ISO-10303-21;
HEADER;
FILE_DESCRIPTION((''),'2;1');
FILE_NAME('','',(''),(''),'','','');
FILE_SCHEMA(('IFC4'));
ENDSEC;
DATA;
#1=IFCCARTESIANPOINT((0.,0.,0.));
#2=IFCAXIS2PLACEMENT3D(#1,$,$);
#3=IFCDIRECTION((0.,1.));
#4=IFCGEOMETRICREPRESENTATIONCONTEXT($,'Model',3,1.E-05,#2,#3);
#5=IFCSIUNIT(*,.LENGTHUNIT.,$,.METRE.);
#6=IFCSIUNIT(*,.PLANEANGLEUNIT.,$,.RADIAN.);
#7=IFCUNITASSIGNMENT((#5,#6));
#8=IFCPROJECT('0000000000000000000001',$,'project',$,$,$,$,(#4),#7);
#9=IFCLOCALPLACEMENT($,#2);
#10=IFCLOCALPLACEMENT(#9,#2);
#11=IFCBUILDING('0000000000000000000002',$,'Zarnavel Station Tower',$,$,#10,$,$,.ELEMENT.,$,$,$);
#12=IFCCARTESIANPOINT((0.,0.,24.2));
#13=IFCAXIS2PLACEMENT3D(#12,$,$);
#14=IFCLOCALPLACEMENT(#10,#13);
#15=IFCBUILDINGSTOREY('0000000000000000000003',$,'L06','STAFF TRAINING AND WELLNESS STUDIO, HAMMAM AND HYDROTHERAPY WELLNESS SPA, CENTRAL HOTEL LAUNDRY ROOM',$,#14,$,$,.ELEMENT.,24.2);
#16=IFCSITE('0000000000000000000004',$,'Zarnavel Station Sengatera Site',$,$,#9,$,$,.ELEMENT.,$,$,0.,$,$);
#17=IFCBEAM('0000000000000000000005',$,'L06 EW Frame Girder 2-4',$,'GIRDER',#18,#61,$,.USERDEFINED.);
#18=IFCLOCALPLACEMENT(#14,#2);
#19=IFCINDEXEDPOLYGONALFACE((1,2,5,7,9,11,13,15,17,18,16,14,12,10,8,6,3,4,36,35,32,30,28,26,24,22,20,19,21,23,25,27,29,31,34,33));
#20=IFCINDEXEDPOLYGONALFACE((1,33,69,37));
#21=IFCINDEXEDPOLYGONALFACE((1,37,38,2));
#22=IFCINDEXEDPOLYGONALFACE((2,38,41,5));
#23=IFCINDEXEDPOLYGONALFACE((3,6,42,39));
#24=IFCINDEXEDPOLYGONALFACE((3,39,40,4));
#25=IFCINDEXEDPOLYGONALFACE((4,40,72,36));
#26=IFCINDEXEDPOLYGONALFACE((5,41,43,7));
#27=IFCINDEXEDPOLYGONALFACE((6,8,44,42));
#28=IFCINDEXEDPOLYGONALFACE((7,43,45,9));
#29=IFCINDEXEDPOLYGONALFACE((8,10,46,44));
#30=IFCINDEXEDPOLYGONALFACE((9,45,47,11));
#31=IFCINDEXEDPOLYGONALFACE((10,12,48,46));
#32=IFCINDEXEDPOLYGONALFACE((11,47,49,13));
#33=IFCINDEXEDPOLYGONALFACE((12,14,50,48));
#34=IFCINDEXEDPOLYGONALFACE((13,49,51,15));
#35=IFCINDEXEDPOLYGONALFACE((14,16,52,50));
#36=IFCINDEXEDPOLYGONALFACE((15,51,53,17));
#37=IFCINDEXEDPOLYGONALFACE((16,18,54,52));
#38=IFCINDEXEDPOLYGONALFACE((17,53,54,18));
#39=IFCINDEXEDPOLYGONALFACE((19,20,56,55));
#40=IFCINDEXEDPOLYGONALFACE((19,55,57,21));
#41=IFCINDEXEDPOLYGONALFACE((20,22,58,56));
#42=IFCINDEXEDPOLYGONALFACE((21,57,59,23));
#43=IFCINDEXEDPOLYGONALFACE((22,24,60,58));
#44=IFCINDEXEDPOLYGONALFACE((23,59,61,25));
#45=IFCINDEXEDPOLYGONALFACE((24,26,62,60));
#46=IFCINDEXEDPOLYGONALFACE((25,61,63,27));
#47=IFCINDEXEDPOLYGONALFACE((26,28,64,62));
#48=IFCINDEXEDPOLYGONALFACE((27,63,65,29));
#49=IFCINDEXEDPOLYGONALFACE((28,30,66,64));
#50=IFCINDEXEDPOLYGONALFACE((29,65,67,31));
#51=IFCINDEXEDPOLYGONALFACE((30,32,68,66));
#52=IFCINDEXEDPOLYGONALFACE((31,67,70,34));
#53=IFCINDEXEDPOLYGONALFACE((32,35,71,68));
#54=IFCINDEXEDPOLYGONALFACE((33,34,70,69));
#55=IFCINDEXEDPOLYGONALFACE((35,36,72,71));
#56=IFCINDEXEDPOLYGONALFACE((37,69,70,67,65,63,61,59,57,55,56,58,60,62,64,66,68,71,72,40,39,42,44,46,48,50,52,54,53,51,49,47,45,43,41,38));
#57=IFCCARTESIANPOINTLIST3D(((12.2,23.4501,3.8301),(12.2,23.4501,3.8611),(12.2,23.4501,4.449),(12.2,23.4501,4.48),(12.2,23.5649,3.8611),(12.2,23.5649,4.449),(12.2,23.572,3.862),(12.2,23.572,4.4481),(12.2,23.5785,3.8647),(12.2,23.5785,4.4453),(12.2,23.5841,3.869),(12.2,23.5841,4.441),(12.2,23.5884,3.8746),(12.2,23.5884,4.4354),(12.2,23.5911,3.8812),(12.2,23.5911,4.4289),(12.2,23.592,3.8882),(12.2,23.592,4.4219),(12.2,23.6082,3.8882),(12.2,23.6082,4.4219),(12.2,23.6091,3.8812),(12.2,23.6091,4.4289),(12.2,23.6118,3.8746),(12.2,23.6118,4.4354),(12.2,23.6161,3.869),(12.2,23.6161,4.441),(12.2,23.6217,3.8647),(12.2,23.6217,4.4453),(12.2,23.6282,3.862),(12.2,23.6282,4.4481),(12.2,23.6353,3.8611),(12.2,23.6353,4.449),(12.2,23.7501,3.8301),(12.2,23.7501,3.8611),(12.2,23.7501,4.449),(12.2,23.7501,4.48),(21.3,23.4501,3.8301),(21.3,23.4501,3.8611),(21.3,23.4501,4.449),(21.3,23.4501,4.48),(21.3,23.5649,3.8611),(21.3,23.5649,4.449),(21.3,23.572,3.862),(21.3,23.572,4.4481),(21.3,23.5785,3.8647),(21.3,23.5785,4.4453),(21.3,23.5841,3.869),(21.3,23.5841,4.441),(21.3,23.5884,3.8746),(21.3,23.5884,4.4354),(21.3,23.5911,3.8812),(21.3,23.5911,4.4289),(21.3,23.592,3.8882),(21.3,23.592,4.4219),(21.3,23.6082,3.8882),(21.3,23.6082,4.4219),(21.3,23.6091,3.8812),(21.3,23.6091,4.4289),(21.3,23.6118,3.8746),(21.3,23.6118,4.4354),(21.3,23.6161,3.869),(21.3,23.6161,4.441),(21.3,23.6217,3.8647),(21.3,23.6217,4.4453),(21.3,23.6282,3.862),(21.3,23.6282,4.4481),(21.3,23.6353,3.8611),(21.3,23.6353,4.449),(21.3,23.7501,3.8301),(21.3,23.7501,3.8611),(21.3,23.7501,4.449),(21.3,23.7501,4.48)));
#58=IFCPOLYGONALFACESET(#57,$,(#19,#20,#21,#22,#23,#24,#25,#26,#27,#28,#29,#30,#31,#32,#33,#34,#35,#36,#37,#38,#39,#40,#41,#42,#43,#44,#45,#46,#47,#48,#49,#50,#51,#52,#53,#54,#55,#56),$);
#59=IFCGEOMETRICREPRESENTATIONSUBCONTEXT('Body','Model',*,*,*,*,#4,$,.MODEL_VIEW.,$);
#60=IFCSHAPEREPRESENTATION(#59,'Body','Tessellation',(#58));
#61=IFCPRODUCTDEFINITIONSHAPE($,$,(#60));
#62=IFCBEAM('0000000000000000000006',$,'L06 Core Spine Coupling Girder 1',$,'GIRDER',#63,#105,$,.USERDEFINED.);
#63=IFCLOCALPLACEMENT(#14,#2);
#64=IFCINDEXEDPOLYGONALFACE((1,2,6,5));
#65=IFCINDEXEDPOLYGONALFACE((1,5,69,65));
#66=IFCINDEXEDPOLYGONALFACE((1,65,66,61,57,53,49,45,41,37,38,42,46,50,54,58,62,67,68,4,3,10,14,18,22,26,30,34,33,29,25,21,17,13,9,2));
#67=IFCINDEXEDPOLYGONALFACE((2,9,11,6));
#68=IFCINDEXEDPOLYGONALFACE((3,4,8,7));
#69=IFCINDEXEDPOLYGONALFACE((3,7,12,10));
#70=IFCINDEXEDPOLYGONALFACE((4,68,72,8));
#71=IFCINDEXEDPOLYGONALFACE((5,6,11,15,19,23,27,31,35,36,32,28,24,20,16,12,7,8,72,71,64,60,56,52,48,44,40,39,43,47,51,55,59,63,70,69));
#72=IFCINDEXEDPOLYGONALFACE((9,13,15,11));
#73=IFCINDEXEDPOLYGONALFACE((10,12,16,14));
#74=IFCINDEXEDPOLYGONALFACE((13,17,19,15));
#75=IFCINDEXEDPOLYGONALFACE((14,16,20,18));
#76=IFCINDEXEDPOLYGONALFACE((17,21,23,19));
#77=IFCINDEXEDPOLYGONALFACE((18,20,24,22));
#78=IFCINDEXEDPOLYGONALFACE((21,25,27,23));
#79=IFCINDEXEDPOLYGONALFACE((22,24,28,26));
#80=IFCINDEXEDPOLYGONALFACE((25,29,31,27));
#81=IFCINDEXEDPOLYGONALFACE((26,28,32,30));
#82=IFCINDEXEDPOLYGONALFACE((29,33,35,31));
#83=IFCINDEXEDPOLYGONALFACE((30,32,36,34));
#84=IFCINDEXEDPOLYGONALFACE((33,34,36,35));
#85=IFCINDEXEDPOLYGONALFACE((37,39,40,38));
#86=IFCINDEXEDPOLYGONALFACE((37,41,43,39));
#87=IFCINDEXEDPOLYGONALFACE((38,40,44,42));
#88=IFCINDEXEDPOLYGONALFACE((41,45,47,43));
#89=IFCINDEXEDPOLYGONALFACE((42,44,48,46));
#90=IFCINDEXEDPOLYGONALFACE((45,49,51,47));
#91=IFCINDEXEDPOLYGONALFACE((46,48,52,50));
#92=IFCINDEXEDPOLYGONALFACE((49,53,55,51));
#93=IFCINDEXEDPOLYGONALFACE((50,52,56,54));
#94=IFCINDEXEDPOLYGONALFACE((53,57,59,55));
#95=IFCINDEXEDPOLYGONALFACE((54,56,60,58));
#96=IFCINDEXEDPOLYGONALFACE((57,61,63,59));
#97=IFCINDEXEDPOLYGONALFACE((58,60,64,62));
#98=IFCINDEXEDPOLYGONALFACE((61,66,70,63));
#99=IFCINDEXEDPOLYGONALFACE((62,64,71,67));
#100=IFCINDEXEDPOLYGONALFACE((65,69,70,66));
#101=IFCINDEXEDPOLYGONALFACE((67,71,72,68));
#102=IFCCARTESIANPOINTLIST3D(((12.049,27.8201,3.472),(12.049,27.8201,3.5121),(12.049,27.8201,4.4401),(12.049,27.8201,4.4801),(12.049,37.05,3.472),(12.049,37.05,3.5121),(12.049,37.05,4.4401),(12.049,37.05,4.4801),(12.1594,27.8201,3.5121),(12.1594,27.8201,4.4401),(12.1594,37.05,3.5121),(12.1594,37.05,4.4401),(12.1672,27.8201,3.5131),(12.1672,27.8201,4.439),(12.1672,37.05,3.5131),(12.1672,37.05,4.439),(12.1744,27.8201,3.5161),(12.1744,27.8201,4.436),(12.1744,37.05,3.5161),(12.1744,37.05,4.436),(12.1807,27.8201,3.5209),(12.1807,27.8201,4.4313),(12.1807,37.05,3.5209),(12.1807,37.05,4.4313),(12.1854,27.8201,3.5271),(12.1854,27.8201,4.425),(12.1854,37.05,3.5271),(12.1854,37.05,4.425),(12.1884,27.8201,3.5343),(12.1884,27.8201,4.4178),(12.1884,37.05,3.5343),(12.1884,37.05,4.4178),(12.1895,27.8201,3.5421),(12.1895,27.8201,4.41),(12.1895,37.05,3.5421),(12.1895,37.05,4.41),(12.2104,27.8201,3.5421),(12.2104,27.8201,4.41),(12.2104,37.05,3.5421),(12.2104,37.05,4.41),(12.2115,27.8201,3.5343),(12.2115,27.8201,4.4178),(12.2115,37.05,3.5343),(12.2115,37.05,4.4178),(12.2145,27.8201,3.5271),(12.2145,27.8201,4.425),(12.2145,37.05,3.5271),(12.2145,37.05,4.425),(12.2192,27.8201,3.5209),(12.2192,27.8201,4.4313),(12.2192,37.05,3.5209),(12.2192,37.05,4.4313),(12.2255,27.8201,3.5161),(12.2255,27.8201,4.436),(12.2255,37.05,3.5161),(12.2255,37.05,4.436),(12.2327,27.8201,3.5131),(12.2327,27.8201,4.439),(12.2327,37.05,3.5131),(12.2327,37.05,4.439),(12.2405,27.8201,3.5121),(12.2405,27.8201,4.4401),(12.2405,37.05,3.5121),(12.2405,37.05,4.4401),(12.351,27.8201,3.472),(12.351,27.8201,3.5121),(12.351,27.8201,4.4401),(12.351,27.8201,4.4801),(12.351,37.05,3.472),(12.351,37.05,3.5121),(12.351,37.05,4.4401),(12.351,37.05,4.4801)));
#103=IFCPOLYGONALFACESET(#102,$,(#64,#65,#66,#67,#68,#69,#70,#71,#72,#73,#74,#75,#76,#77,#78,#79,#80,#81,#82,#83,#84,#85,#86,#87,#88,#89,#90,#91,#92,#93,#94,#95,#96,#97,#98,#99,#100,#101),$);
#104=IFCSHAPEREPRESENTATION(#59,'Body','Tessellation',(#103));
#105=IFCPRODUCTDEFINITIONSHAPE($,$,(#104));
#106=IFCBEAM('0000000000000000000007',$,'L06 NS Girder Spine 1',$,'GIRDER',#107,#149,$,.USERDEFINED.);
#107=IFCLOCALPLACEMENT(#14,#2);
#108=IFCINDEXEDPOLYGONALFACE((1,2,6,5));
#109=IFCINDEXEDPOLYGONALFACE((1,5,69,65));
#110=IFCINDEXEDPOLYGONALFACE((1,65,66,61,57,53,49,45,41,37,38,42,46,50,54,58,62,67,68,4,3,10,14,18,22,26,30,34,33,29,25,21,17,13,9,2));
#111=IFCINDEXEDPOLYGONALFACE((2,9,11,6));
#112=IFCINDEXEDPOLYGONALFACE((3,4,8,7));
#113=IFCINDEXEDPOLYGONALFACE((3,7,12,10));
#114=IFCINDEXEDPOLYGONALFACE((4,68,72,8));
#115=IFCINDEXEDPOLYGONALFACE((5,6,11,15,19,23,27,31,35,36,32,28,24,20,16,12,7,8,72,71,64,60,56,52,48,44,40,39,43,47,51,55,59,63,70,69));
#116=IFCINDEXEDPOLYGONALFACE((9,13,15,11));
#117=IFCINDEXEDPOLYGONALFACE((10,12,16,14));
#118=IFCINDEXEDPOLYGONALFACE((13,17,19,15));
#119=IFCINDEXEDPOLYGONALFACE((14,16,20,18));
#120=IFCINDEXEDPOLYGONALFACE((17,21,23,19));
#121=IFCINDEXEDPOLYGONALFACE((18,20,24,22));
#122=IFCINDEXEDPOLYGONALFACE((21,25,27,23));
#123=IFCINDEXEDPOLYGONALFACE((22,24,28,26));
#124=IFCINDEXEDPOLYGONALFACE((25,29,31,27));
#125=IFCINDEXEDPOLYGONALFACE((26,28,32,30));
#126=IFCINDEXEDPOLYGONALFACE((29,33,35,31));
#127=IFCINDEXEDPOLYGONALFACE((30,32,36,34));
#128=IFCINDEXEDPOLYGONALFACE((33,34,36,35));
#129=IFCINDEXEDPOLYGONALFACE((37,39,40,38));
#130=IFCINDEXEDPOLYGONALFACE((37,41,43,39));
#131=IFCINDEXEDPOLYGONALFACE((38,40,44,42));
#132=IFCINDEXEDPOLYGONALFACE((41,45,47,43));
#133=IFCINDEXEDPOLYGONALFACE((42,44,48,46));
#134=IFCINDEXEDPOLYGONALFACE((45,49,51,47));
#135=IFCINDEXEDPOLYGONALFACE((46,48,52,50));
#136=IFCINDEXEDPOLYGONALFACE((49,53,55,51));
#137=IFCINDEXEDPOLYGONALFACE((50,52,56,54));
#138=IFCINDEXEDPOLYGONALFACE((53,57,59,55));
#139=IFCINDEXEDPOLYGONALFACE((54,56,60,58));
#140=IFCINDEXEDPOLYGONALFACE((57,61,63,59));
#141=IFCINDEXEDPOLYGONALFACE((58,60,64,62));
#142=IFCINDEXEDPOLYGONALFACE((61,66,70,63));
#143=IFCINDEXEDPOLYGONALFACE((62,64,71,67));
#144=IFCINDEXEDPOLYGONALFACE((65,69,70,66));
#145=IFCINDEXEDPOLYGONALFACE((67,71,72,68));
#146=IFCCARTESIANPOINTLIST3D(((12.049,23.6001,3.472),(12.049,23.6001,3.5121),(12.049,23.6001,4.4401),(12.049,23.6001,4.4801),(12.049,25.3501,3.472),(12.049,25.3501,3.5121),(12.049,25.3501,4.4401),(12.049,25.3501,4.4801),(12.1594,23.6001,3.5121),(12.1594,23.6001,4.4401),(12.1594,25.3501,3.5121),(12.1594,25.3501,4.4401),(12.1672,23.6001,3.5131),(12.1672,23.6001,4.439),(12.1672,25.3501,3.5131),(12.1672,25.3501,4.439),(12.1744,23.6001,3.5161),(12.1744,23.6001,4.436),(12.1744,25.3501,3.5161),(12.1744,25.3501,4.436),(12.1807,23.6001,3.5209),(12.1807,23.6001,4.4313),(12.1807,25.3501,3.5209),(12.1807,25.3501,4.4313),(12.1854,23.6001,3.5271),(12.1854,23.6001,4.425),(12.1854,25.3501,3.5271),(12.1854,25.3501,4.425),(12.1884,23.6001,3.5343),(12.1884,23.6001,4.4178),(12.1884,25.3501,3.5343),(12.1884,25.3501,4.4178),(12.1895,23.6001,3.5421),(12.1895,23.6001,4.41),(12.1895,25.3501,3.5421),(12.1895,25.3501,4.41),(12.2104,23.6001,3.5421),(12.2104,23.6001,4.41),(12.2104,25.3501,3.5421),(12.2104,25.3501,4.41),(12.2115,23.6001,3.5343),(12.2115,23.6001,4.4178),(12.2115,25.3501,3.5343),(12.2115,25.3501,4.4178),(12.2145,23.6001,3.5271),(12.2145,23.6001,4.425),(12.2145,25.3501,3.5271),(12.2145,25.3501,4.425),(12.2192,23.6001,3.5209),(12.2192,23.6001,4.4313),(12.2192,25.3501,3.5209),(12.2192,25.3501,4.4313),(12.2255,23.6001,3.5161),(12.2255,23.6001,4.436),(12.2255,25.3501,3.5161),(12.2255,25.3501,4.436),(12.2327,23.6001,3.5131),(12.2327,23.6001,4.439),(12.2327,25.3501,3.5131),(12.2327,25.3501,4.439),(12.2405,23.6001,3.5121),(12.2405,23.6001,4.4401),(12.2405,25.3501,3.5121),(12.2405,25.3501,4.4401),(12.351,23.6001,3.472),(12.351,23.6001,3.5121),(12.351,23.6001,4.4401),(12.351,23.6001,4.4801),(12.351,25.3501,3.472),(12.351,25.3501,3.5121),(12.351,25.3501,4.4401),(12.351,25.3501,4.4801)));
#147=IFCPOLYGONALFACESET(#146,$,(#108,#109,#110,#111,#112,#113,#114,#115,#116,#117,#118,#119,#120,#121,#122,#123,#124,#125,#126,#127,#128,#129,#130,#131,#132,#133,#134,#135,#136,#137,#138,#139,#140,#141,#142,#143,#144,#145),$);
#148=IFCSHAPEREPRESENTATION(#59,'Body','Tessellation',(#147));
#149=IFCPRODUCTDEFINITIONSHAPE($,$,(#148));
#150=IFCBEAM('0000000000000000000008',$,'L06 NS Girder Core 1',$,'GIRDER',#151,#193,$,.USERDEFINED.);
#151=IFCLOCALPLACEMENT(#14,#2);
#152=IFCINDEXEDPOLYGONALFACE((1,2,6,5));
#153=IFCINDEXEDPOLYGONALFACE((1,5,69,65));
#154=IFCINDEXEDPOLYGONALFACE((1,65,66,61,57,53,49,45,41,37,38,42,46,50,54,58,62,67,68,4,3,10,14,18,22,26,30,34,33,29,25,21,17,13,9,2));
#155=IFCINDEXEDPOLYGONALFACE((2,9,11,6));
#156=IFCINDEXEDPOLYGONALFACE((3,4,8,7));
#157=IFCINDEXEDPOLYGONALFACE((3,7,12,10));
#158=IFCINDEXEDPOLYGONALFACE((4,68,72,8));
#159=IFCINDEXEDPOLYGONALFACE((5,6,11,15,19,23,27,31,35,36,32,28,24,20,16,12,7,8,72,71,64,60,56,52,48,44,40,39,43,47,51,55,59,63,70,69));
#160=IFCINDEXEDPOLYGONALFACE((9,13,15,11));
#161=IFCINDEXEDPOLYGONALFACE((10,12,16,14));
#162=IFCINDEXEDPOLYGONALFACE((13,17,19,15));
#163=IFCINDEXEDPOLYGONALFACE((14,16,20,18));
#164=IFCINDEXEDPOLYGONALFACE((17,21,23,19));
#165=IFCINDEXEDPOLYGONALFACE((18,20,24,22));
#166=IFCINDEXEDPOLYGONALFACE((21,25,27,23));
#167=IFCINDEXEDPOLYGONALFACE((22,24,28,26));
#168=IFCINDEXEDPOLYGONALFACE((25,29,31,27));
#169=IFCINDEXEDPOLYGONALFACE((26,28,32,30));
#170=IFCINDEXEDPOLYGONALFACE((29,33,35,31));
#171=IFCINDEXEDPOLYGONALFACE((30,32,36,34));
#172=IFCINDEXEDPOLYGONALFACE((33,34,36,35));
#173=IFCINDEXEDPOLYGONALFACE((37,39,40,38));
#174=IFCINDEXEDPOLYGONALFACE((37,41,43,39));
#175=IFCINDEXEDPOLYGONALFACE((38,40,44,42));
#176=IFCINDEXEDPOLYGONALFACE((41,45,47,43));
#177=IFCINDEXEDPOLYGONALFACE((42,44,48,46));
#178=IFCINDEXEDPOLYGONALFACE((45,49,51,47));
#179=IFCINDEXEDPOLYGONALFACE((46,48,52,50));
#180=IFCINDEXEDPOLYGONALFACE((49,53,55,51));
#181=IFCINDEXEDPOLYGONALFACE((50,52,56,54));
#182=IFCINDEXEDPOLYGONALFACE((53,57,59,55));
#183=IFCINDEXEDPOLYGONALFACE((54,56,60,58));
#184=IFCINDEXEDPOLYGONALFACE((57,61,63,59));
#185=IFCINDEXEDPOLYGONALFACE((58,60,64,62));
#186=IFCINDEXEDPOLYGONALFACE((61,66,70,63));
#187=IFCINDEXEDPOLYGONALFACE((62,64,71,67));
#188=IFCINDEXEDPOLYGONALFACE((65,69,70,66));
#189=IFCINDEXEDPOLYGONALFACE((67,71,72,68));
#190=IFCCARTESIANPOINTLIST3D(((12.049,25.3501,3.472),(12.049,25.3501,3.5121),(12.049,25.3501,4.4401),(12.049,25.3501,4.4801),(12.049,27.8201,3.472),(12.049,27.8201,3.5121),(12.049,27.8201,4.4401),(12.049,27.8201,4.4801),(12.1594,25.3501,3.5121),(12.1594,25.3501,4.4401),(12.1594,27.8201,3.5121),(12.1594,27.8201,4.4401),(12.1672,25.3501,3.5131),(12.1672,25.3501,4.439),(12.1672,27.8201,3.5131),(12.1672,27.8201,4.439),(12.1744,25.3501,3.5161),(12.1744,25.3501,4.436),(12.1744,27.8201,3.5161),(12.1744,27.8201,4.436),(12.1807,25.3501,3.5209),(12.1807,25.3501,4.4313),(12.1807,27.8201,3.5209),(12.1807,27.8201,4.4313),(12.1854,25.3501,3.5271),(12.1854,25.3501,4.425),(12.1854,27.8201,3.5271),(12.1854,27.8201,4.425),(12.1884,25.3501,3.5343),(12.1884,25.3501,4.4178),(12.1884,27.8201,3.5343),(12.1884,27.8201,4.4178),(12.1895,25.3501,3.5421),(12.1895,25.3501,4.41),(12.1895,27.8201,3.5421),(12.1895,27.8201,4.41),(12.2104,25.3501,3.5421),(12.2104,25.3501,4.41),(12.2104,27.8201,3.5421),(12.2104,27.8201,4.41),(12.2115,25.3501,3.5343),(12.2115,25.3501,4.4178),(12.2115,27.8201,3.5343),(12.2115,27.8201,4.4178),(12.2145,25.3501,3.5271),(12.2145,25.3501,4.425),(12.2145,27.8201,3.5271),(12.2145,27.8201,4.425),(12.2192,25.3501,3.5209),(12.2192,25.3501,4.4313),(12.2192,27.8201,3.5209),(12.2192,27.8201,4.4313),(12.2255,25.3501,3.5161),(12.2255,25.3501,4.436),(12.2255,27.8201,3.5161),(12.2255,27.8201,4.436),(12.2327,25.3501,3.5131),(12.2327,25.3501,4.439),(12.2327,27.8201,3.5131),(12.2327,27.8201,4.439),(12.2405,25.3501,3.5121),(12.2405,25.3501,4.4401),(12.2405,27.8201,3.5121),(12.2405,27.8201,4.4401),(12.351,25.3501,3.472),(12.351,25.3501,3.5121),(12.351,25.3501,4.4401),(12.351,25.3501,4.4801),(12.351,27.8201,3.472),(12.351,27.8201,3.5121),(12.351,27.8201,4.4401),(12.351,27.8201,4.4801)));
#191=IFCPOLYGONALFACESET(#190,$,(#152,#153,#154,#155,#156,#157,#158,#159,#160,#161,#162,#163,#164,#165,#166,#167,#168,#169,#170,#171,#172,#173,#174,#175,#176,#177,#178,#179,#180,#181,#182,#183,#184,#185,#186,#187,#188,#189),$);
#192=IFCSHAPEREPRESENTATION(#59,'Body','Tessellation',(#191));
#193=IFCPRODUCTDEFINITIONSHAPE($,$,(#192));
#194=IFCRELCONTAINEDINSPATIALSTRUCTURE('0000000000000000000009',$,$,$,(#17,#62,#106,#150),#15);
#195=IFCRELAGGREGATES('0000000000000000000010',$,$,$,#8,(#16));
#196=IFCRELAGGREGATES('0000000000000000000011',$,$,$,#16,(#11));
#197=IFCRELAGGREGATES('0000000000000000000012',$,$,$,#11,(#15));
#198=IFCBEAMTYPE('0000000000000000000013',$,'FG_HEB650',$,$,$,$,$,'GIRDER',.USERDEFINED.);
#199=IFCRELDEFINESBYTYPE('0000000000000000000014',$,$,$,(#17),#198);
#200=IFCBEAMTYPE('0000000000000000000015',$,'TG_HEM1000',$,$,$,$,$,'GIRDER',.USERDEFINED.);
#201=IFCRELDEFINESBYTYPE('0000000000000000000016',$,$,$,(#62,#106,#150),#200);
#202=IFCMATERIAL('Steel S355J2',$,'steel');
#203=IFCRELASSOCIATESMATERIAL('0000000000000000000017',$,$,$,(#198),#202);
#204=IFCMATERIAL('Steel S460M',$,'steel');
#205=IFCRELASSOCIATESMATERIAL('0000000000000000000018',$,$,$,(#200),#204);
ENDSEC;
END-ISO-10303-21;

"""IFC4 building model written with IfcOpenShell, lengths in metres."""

from ifc_helpers import new_model, si_unit, direction, frame, origin, origin_2d, place, context, subcontext, project, spatial, i_section, extrude, material, material_profile, profile_set, type_object, element, save


model = new_model("IFC4")

# Units and contexts
model_context = context("Model", 3, precision=1e-05, world=origin(), true_north=direction((0.0, 1.0)))
body_context = subcontext(model_context, "Body", "Model", "MODEL_VIEW")
ifc_project = project(units=[si_unit("LENGTHUNIT", "METRE"), si_unit("PLANEANGLEUNIT", "RADIAN")], contexts=[model_context])

# Site, building, storey
site_placement = place(None, origin())
site = spatial("IfcSite", under=ifc_project, at=site_placement, Name="Zarnavel Station Sengatera Site", CompositionType="ELEMENT", RefElevation=0.0)
building_placement = place(site_placement, origin())
building = spatial("IfcBuilding", under=site, at=building_placement, Name="Zarnavel Station Tower", CompositionType="ELEMENT")
storey_placement = place(building_placement, frame((0.0, 0.0, 24.2)))
storey = spatial("IfcBuildingStorey", under=building, at=storey_placement, Name="L06", Description="STAFF TRAINING AND WELLNESS STUDIO, HAMMAM AND HYDROTHERAPY WELLNESS SPA, CENTRAL HOTEL LAUNDRY ROOM", CompositionType="ELEMENT", Elevation=24.2)

# Beams
ifc_material_1 = material(Name="Steel S355J2", Category="steel")
ifc_material_profile_1 = material_profile(ifc_material_1, i_section(OverallWidth=0.3, OverallDepth=0.6499, WebThickness=0.0161, FlangeThickness=0.031, FilletRadius=0.0271, at=origin_2d()), Name="HEB650")
ifc_profile_set_1 = profile_set([ifc_material_profile_1], Name="Steel S355J2")
beam_type_1 = type_object("IfcBeamType", Name="FG_HEB650", ElementType="GIRDER", PredefinedType="USERDEFINED", material=ifc_profile_set_1)
beam_1_placement = place(storey_placement, frame((12.2, 23.6001, 4.155), z_axis=(1.0, 0.0, 0.0), x_axis=(0.0, 1.0, 0.0)))
element("IfcBeam", 1, at=beam_1_placement, inside=storey, type_object=beam_type_1, Name="L06 EW Frame Girder 2-4", ObjectType="GIRDER", PredefinedType="USERDEFINED", context=body_context, shape_type="SweptSolid", body=[
    extrude(i_section(OverallWidth=0.3, OverallDepth=0.6499, WebThickness=0.0161, FlangeThickness=0.031, FilletRadius=0.0271, at=origin_2d()), origin(), (0.0, 0.0, 1.0), 9.1001),
])
ifc_material_2 = material(Name="Steel S460M", Category="steel")
ifc_material_profile_2 = material_profile(ifc_material_2, i_section(OverallWidth=0.302, OverallDepth=1.0081, WebThickness=0.021, FlangeThickness=0.04, FilletRadius=0.03, at=origin_2d()), Name="HEM1000")
ifc_profile_set_2 = profile_set([ifc_material_profile_2], Name="Steel S460M")
beam_type_2 = type_object("IfcBeamType", Name="TG_HEM1000", ElementType="GIRDER", PredefinedType="USERDEFINED", material=ifc_profile_set_2)
beam_2_placement = place(storey_placement, frame((12.2, 27.8201, 3.9761), z_axis=(0.0, 1.0, 0.0), x_axis=(-1.0, 0.0, 0.0)))
element("IfcBeam", 2, at=beam_2_placement, inside=storey, type_object=beam_type_2, Name="L06 Core Spine Coupling Girder 1", ObjectType="GIRDER", PredefinedType="USERDEFINED", context=body_context, shape_type="SweptSolid", body=[
    extrude(i_section(OverallWidth=0.302, OverallDepth=1.0081, WebThickness=0.021, FlangeThickness=0.04, FilletRadius=0.03, at=origin_2d()), origin(), (0.0, 0.0, 1.0), 9.23),
])
beam_3_placement = place(storey_placement, frame((12.2, 23.6001, 3.9761), z_axis=(0.0, 1.0, 0.0), x_axis=(-1.0, 0.0, 0.0)))
element("IfcBeam", 3, at=beam_3_placement, inside=storey, type_object=beam_type_2, Name="L06 NS Girder Spine 1", ObjectType="GIRDER", PredefinedType="USERDEFINED", context=body_context, shape_type="SweptSolid", body=[
    extrude(i_section(OverallWidth=0.302, OverallDepth=1.0081, WebThickness=0.021, FlangeThickness=0.04, FilletRadius=0.03, at=origin_2d()), origin(), (0.0, 0.0, 1.0), 1.75),
])
beam_4_placement = place(storey_placement, frame((12.2, 25.3501, 3.9761), z_axis=(0.0, 1.0, 0.0), x_axis=(-1.0, 0.0, 0.0)))
element("IfcBeam", 4, at=beam_4_placement, inside=storey, type_object=beam_type_2, Name="L06 NS Girder Core 1", ObjectType="GIRDER", PredefinedType="USERDEFINED", context=body_context, shape_type="SweptSolid", body=[
    extrude(i_section(OverallWidth=0.302, OverallDepth=1.0081, WebThickness=0.021, FlangeThickness=0.04, FilletRadius=0.03, at=origin_2d()), origin(), (0.0, 0.0, 1.0), 2.47),
])

save(model, "model.ifc")
